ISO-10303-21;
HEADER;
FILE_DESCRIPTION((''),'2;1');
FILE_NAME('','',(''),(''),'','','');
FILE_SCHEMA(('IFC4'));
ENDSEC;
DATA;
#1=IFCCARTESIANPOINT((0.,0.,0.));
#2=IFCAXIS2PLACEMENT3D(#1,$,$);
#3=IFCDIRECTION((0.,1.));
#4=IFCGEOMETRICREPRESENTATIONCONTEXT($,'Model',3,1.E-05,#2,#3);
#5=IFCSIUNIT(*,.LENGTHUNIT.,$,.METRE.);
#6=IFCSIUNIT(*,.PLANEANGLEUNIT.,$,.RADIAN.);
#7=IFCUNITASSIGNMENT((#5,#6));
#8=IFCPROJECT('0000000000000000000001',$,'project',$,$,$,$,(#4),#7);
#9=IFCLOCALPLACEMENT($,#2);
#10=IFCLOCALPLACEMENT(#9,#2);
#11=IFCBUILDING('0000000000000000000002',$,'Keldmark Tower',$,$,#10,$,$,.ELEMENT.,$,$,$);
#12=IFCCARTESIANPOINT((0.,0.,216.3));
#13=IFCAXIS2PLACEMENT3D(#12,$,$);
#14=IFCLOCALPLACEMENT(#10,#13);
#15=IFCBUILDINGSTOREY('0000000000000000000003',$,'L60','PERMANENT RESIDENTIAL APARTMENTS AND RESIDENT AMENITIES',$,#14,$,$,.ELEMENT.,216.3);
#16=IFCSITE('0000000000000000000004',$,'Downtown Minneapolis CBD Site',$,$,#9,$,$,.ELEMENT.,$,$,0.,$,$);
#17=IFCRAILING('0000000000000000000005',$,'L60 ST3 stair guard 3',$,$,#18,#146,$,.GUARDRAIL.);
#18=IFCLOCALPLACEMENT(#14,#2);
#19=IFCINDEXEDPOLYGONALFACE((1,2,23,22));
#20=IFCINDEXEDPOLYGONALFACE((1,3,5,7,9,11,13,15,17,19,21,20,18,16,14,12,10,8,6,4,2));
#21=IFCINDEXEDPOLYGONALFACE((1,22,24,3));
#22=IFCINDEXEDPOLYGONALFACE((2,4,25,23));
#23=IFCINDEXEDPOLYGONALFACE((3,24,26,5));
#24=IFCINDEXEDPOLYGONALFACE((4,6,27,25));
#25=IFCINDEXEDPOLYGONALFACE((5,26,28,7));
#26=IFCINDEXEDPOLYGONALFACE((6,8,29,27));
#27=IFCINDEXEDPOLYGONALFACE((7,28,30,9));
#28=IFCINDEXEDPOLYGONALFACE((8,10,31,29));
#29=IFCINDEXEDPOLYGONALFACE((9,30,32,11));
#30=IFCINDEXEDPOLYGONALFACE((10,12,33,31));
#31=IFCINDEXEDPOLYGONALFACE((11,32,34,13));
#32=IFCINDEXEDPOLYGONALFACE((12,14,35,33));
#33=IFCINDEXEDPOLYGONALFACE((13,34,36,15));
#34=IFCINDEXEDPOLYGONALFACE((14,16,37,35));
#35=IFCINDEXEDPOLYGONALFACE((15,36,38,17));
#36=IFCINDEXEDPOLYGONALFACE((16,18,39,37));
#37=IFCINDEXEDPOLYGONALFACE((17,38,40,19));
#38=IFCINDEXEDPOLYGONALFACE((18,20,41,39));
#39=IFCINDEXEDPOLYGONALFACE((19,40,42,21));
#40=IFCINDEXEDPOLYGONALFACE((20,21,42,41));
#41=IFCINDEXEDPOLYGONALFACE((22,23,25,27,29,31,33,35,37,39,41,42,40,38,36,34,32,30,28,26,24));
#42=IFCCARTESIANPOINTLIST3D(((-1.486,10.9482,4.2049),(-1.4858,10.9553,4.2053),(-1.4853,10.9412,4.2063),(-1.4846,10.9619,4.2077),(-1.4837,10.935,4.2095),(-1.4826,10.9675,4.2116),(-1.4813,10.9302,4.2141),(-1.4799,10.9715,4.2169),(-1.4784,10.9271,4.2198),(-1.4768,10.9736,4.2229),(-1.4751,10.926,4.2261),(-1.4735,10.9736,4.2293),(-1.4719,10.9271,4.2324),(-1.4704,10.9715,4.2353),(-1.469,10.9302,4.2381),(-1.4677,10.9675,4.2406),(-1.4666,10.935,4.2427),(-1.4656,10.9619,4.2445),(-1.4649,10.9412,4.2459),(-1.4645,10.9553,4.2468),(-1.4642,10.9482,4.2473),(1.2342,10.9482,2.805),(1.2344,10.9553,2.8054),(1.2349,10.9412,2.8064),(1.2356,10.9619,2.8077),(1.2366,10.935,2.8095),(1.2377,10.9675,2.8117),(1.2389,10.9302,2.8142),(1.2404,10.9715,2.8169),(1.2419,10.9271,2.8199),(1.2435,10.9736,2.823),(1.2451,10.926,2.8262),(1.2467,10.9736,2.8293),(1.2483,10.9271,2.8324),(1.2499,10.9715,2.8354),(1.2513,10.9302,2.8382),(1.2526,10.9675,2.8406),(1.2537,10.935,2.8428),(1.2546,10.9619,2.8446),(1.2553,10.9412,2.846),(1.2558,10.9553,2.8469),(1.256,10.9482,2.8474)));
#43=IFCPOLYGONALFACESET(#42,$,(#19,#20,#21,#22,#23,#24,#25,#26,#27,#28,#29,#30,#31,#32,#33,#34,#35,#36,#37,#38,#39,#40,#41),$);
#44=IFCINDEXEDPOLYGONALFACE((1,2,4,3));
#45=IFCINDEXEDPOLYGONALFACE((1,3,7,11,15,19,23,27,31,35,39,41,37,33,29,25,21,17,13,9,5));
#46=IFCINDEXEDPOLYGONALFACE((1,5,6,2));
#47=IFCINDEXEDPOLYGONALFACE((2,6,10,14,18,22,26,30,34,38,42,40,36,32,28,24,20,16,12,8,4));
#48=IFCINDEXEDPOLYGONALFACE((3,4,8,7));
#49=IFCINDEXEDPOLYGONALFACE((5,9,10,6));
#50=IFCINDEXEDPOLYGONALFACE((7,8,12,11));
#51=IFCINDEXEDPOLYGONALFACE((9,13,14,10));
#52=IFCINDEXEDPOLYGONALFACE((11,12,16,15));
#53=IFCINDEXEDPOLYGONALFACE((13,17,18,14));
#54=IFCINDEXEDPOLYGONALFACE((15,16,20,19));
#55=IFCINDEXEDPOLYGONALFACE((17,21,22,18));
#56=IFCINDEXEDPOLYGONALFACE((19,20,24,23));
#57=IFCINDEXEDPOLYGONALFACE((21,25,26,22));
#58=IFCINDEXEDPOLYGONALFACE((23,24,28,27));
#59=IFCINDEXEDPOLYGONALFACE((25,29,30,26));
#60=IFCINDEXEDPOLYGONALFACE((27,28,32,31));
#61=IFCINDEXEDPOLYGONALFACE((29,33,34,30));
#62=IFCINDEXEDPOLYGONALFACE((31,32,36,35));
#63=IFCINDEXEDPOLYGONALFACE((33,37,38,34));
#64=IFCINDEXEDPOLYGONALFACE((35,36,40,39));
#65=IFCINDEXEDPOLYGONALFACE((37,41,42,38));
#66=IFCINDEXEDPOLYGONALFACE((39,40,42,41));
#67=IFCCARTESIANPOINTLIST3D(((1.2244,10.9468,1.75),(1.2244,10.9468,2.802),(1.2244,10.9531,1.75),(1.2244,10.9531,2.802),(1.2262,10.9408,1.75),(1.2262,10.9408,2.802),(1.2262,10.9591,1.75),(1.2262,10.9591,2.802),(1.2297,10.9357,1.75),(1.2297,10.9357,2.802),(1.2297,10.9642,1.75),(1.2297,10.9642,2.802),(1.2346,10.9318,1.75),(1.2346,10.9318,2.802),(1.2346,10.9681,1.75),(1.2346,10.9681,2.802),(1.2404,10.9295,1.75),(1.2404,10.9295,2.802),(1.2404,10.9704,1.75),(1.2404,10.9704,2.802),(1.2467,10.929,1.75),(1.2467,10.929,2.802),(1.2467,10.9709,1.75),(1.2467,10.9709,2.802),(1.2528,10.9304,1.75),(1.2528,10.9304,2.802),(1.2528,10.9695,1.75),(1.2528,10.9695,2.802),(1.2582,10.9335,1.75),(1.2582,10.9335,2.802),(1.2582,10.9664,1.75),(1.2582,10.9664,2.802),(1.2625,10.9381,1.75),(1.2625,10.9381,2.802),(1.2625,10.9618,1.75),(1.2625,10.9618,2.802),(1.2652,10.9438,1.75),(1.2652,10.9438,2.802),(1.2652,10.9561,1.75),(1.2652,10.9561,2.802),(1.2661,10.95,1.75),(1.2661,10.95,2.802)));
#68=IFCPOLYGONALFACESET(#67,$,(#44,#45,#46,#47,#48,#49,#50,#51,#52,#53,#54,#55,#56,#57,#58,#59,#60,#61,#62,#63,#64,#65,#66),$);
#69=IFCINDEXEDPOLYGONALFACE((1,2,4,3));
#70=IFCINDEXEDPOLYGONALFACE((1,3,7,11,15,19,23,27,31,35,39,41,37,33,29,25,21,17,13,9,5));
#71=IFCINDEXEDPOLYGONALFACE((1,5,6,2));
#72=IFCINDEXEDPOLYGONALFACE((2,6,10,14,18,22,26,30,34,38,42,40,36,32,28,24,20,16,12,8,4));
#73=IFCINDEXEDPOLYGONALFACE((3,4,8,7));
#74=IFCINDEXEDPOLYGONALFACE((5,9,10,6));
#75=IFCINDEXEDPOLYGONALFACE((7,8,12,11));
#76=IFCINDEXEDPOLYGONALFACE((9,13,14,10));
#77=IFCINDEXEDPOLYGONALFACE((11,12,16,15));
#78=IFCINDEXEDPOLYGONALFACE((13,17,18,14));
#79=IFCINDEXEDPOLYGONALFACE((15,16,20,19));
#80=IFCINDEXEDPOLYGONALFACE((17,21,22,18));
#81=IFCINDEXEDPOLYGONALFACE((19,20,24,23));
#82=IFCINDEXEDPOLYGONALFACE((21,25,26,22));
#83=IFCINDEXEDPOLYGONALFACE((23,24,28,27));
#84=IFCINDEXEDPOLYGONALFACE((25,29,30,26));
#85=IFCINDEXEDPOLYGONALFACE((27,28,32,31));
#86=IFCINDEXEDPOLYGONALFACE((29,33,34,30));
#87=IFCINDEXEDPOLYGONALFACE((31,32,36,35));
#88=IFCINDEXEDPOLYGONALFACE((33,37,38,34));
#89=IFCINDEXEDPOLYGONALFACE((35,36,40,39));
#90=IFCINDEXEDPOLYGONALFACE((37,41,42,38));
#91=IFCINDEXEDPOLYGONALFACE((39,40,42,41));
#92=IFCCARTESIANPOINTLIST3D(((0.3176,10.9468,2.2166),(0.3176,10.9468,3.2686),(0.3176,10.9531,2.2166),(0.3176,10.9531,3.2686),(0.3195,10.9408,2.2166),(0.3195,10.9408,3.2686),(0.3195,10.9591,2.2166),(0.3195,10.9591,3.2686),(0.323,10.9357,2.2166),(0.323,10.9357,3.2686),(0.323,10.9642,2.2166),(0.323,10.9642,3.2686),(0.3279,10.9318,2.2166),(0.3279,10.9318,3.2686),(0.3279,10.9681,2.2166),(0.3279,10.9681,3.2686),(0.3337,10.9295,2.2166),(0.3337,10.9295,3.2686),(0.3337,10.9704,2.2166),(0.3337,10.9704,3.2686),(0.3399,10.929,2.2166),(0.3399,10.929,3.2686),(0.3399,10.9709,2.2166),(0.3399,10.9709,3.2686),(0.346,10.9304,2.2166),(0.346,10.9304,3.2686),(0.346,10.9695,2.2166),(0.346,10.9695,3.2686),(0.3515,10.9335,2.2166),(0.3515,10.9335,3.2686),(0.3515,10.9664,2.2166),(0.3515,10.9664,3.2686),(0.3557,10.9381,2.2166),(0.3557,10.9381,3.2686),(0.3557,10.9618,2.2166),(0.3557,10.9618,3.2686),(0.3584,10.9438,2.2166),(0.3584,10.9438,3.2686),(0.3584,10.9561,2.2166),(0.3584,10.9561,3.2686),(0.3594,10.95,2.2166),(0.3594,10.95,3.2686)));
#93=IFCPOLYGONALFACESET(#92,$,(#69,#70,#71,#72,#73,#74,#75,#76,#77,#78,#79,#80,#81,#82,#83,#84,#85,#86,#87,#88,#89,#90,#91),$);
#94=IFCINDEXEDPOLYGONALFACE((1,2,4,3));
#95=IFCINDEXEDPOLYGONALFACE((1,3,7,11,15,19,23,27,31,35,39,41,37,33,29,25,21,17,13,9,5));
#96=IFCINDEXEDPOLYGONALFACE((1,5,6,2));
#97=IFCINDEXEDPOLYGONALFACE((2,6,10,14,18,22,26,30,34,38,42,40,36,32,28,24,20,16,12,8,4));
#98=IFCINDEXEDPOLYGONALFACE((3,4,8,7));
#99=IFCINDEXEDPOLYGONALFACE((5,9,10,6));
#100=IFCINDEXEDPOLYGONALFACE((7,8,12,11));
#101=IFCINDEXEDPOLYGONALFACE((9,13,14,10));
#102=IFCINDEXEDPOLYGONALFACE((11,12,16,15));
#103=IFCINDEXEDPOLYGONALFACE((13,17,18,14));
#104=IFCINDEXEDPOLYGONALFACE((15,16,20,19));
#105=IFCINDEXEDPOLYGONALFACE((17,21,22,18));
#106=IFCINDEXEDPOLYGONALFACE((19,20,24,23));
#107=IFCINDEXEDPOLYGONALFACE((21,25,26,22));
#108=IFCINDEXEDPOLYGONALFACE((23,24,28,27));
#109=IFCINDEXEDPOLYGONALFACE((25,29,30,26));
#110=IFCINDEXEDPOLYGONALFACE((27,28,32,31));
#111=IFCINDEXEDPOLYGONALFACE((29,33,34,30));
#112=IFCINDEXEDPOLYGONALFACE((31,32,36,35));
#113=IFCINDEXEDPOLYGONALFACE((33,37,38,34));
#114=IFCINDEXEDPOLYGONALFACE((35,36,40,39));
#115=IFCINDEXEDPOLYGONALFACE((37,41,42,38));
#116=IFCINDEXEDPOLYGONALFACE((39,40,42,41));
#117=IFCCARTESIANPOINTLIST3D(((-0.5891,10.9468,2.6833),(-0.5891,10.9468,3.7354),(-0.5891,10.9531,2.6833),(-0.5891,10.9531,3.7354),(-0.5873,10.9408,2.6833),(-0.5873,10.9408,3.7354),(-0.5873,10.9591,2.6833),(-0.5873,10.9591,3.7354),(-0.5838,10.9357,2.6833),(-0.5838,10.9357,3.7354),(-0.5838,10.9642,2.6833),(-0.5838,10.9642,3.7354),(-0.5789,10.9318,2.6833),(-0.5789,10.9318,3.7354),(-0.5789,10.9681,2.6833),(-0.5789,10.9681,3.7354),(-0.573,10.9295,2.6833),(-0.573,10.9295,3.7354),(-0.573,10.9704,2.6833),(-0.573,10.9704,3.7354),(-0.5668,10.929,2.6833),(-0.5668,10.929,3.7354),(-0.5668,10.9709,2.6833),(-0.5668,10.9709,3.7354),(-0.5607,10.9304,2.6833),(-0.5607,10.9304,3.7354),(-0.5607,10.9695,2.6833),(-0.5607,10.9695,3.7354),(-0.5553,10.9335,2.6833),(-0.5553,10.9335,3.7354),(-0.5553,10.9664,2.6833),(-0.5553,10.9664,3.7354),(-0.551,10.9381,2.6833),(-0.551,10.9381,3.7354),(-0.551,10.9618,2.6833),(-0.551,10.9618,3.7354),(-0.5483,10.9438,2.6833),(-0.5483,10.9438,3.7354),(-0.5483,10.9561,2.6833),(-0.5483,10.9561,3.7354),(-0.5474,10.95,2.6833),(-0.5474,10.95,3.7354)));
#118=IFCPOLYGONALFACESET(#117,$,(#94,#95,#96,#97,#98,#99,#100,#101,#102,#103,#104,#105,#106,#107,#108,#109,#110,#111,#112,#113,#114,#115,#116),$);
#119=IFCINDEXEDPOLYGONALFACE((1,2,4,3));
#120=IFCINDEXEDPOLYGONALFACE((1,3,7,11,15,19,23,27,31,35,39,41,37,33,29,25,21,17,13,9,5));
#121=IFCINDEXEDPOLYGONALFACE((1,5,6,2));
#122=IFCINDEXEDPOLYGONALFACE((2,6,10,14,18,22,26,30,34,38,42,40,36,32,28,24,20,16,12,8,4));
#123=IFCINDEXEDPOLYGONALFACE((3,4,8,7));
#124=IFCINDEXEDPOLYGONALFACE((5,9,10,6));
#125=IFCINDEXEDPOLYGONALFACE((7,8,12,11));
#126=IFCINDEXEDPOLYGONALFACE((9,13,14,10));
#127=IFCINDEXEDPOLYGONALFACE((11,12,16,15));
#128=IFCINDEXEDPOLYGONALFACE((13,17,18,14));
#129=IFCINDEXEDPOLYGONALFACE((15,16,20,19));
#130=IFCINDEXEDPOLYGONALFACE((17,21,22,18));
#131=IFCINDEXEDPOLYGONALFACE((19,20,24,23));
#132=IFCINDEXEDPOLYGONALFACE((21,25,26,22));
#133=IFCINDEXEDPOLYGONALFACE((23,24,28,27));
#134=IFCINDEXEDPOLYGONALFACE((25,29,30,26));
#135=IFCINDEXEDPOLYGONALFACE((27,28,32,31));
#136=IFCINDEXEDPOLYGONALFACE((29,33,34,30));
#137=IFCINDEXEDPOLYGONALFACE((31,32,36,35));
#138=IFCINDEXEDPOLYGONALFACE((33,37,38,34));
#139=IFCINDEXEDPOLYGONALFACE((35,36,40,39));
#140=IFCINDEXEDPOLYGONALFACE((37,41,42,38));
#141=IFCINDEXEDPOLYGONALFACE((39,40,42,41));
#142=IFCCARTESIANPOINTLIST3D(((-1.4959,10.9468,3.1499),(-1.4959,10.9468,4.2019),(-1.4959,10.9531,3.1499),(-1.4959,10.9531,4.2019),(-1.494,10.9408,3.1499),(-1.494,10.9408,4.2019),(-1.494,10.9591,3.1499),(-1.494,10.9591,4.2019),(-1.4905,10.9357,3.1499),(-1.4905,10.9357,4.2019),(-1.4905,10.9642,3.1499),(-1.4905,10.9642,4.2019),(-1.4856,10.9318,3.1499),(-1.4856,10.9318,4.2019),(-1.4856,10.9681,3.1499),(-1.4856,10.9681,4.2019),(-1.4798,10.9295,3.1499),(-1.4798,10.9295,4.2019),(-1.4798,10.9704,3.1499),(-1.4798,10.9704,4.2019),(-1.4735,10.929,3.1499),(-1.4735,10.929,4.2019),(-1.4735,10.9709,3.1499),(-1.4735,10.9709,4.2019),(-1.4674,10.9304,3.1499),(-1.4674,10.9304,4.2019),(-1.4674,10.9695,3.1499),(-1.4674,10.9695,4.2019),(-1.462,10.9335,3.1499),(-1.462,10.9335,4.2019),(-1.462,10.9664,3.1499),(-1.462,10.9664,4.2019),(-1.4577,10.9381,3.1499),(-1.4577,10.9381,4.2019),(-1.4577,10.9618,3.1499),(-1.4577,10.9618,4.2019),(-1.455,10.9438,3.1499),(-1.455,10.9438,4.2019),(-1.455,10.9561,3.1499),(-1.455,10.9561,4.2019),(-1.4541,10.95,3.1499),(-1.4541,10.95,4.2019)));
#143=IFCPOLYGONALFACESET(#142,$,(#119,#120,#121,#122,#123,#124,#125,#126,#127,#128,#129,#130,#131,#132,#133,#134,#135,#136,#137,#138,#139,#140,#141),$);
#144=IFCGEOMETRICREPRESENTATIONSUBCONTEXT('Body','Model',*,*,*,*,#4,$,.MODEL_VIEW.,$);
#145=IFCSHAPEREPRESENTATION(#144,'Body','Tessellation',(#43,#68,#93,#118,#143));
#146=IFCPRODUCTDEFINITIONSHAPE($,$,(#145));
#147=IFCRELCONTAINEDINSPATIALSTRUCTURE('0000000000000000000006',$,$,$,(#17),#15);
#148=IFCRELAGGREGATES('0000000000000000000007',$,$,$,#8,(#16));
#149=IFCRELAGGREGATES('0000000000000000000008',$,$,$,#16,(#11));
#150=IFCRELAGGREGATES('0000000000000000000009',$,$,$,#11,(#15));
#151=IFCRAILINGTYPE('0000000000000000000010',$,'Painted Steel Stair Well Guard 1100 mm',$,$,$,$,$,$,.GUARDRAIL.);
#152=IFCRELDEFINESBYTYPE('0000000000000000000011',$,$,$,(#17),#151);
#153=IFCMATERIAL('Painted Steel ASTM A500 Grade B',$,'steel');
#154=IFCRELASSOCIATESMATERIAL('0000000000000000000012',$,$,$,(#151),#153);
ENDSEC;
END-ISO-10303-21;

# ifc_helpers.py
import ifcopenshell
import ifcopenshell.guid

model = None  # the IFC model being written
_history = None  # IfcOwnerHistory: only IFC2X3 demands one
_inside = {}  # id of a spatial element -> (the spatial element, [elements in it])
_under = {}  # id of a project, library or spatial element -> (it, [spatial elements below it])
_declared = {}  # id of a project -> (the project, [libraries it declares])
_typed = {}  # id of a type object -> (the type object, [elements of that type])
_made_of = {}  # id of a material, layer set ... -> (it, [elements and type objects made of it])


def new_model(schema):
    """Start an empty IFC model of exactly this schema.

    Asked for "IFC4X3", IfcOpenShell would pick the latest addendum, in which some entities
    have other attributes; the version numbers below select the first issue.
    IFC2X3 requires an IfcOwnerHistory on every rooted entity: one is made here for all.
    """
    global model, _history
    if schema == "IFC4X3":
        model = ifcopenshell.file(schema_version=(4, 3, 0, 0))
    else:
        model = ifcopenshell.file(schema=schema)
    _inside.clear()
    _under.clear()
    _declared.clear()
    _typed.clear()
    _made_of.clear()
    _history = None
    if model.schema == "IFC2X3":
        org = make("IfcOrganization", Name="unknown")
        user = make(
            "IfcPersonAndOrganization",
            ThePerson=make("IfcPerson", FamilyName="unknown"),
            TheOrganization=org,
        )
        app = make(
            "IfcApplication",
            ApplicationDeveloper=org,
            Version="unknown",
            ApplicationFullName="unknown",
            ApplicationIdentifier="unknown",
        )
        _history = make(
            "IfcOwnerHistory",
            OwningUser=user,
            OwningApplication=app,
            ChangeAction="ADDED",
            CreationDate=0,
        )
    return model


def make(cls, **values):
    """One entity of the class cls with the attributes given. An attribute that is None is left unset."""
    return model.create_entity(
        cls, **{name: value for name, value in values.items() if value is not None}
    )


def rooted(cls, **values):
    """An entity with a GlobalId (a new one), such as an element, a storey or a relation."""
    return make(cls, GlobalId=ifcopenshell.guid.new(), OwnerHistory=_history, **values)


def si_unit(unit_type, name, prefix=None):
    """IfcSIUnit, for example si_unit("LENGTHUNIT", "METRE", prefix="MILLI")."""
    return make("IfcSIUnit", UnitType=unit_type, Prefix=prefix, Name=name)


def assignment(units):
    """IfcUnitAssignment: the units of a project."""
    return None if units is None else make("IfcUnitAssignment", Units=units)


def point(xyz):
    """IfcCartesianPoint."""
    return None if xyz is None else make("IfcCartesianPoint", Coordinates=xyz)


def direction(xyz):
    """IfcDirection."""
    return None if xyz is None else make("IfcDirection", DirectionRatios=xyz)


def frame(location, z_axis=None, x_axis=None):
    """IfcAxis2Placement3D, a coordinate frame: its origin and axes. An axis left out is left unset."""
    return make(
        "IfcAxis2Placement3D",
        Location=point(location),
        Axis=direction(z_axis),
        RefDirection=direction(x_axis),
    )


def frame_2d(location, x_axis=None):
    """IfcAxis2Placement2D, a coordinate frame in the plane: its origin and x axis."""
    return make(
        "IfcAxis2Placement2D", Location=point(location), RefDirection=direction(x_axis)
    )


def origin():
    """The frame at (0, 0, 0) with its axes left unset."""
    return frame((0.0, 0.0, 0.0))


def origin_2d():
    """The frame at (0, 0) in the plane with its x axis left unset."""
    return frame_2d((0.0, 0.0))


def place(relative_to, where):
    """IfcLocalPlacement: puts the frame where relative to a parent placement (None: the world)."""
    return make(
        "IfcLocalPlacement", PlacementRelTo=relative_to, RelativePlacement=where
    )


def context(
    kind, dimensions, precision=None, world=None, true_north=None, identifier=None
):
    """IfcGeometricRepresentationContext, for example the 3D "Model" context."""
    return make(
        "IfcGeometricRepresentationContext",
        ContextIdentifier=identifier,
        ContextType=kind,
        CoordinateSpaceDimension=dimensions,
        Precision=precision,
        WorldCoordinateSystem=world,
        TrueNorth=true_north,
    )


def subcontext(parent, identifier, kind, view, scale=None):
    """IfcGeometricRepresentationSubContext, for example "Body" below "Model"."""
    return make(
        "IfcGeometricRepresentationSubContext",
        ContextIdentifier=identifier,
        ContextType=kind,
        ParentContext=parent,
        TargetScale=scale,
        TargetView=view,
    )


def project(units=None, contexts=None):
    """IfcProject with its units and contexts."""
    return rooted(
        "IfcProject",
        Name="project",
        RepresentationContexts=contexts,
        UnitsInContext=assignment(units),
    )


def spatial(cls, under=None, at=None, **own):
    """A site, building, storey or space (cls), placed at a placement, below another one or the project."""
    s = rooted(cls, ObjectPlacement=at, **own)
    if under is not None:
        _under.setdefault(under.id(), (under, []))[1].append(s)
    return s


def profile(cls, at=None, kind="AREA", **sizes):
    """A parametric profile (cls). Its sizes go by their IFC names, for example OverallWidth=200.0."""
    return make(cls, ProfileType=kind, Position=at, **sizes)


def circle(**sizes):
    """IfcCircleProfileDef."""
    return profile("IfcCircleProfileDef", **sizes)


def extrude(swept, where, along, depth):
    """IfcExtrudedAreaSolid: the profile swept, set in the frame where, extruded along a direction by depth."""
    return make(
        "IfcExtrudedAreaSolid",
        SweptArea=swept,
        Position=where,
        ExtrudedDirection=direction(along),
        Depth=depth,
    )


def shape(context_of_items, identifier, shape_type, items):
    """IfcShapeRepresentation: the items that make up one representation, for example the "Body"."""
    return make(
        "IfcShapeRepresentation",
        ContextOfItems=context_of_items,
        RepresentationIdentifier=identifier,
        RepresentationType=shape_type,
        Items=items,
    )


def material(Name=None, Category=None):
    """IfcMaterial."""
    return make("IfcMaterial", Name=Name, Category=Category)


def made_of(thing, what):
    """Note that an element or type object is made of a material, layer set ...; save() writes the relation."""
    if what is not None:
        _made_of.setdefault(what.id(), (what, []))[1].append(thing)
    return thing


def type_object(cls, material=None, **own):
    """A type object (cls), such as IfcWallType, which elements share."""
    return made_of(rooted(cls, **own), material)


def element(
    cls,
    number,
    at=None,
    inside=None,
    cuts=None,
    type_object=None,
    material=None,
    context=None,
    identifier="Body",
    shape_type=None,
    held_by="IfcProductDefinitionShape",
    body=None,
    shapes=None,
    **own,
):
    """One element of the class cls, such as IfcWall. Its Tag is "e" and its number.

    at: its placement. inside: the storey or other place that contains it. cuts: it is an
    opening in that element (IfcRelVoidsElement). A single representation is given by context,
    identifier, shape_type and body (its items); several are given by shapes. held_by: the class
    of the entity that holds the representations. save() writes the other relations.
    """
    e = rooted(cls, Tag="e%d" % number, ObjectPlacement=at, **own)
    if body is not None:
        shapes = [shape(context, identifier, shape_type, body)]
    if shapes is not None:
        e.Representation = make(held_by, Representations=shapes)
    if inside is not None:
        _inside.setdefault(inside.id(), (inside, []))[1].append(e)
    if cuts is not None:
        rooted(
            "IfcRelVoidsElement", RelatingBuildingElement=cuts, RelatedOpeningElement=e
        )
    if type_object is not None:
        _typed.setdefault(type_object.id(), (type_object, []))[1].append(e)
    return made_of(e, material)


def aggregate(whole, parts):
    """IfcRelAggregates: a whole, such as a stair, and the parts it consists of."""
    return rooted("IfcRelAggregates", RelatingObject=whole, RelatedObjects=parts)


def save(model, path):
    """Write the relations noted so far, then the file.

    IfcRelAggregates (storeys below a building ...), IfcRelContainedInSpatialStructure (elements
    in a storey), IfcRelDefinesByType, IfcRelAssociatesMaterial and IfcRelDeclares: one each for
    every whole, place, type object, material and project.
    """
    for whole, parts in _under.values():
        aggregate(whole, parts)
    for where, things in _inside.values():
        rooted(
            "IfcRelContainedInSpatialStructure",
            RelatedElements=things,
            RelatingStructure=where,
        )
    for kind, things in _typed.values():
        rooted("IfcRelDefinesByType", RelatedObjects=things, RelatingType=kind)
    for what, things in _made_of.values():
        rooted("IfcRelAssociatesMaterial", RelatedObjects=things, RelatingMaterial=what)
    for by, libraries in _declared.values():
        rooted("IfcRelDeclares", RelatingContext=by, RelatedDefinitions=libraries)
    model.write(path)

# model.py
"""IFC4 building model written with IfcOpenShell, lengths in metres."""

from ifc_helpers import new_model, si_unit, direction, frame, origin, origin_2d, place, context, subcontext, project, spatial, circle, extrude, material, type_object, element, save


model = new_model("IFC4")

# Units and contexts
model_context = context("Model", 3, precision=1e-05, world=origin(), true_north=direction((0.0, 1.0)))
body_context = subcontext(model_context, "Body", "Model", "MODEL_VIEW")
ifc_project = project(units=[si_unit("LENGTHUNIT", "METRE"), si_unit("PLANEANGLEUNIT", "RADIAN")], contexts=[model_context])

# Site, building, storey
site_placement = place(None, origin())
site = spatial("IfcSite", under=ifc_project, at=site_placement, Name="Downtown Minneapolis CBD Site", CompositionType="ELEMENT", RefElevation=0.0)
building_placement = place(site_placement, origin())
building = spatial("IfcBuilding", under=site, at=building_placement, Name="Keldmark Tower", CompositionType="ELEMENT")
storey_placement = place(building_placement, frame((0.0, 0.0, 216.3)))
storey = spatial("IfcBuildingStorey", under=building, at=storey_placement, Name="L60", Description="PERMANENT RESIDENTIAL APARTMENTS AND RESIDENT AMENITIES", CompositionType="ELEMENT", Elevation=216.3)

# Railing
ifc_material_1 = material(Name="Painted Steel ASTM A500 Grade B", Category="steel")
railing_type_1 = type_object("IfcRailingType", Name="Painted Steel Stair Well Guard 1100 mm", PredefinedType="GUARDRAIL", material=ifc_material_1)
railing_1_placement = place(storey_placement, frame((1.2451, 10.95, 1.75)))
element("IfcRailing", 1, at=railing_1_placement, inside=storey, type_object=railing_type_1, Name="L60 ST3 stair guard 3", PredefinedType="GUARDRAIL", context=body_context, shape_type="SweptSolid", body=[
    extrude(circle(Radius=0.0239, at=origin_2d()), frame((0.0, 0.0, 1.0762), z_axis=(-0.889164, 0.0, 0.45759), x_axis=(0.0, -1.0, 0.0)), (0.0, 0.0, 1.0), 3.0593),
    extrude(circle(Radius=0.021, at=origin_2d()), origin(), (0.0, 0.0, 1.0), 1.052),
    extrude(circle(Radius=0.021, at=origin_2d()), frame((-0.9067, 0.0, 0.4666)), (0.0, 0.0, 1.0), 1.052),
    extrude(circle(Radius=0.021, at=origin_2d()), frame((-1.8135, 0.0, 0.9333)), (0.0, 0.0, 1.0), 1.052),
    extrude(circle(Radius=0.021, at=origin_2d()), frame((-2.7202, 0.0, 1.3999)), (0.0, 0.0, 1.0), 1.052),
])

save(model, "model.ifc")
